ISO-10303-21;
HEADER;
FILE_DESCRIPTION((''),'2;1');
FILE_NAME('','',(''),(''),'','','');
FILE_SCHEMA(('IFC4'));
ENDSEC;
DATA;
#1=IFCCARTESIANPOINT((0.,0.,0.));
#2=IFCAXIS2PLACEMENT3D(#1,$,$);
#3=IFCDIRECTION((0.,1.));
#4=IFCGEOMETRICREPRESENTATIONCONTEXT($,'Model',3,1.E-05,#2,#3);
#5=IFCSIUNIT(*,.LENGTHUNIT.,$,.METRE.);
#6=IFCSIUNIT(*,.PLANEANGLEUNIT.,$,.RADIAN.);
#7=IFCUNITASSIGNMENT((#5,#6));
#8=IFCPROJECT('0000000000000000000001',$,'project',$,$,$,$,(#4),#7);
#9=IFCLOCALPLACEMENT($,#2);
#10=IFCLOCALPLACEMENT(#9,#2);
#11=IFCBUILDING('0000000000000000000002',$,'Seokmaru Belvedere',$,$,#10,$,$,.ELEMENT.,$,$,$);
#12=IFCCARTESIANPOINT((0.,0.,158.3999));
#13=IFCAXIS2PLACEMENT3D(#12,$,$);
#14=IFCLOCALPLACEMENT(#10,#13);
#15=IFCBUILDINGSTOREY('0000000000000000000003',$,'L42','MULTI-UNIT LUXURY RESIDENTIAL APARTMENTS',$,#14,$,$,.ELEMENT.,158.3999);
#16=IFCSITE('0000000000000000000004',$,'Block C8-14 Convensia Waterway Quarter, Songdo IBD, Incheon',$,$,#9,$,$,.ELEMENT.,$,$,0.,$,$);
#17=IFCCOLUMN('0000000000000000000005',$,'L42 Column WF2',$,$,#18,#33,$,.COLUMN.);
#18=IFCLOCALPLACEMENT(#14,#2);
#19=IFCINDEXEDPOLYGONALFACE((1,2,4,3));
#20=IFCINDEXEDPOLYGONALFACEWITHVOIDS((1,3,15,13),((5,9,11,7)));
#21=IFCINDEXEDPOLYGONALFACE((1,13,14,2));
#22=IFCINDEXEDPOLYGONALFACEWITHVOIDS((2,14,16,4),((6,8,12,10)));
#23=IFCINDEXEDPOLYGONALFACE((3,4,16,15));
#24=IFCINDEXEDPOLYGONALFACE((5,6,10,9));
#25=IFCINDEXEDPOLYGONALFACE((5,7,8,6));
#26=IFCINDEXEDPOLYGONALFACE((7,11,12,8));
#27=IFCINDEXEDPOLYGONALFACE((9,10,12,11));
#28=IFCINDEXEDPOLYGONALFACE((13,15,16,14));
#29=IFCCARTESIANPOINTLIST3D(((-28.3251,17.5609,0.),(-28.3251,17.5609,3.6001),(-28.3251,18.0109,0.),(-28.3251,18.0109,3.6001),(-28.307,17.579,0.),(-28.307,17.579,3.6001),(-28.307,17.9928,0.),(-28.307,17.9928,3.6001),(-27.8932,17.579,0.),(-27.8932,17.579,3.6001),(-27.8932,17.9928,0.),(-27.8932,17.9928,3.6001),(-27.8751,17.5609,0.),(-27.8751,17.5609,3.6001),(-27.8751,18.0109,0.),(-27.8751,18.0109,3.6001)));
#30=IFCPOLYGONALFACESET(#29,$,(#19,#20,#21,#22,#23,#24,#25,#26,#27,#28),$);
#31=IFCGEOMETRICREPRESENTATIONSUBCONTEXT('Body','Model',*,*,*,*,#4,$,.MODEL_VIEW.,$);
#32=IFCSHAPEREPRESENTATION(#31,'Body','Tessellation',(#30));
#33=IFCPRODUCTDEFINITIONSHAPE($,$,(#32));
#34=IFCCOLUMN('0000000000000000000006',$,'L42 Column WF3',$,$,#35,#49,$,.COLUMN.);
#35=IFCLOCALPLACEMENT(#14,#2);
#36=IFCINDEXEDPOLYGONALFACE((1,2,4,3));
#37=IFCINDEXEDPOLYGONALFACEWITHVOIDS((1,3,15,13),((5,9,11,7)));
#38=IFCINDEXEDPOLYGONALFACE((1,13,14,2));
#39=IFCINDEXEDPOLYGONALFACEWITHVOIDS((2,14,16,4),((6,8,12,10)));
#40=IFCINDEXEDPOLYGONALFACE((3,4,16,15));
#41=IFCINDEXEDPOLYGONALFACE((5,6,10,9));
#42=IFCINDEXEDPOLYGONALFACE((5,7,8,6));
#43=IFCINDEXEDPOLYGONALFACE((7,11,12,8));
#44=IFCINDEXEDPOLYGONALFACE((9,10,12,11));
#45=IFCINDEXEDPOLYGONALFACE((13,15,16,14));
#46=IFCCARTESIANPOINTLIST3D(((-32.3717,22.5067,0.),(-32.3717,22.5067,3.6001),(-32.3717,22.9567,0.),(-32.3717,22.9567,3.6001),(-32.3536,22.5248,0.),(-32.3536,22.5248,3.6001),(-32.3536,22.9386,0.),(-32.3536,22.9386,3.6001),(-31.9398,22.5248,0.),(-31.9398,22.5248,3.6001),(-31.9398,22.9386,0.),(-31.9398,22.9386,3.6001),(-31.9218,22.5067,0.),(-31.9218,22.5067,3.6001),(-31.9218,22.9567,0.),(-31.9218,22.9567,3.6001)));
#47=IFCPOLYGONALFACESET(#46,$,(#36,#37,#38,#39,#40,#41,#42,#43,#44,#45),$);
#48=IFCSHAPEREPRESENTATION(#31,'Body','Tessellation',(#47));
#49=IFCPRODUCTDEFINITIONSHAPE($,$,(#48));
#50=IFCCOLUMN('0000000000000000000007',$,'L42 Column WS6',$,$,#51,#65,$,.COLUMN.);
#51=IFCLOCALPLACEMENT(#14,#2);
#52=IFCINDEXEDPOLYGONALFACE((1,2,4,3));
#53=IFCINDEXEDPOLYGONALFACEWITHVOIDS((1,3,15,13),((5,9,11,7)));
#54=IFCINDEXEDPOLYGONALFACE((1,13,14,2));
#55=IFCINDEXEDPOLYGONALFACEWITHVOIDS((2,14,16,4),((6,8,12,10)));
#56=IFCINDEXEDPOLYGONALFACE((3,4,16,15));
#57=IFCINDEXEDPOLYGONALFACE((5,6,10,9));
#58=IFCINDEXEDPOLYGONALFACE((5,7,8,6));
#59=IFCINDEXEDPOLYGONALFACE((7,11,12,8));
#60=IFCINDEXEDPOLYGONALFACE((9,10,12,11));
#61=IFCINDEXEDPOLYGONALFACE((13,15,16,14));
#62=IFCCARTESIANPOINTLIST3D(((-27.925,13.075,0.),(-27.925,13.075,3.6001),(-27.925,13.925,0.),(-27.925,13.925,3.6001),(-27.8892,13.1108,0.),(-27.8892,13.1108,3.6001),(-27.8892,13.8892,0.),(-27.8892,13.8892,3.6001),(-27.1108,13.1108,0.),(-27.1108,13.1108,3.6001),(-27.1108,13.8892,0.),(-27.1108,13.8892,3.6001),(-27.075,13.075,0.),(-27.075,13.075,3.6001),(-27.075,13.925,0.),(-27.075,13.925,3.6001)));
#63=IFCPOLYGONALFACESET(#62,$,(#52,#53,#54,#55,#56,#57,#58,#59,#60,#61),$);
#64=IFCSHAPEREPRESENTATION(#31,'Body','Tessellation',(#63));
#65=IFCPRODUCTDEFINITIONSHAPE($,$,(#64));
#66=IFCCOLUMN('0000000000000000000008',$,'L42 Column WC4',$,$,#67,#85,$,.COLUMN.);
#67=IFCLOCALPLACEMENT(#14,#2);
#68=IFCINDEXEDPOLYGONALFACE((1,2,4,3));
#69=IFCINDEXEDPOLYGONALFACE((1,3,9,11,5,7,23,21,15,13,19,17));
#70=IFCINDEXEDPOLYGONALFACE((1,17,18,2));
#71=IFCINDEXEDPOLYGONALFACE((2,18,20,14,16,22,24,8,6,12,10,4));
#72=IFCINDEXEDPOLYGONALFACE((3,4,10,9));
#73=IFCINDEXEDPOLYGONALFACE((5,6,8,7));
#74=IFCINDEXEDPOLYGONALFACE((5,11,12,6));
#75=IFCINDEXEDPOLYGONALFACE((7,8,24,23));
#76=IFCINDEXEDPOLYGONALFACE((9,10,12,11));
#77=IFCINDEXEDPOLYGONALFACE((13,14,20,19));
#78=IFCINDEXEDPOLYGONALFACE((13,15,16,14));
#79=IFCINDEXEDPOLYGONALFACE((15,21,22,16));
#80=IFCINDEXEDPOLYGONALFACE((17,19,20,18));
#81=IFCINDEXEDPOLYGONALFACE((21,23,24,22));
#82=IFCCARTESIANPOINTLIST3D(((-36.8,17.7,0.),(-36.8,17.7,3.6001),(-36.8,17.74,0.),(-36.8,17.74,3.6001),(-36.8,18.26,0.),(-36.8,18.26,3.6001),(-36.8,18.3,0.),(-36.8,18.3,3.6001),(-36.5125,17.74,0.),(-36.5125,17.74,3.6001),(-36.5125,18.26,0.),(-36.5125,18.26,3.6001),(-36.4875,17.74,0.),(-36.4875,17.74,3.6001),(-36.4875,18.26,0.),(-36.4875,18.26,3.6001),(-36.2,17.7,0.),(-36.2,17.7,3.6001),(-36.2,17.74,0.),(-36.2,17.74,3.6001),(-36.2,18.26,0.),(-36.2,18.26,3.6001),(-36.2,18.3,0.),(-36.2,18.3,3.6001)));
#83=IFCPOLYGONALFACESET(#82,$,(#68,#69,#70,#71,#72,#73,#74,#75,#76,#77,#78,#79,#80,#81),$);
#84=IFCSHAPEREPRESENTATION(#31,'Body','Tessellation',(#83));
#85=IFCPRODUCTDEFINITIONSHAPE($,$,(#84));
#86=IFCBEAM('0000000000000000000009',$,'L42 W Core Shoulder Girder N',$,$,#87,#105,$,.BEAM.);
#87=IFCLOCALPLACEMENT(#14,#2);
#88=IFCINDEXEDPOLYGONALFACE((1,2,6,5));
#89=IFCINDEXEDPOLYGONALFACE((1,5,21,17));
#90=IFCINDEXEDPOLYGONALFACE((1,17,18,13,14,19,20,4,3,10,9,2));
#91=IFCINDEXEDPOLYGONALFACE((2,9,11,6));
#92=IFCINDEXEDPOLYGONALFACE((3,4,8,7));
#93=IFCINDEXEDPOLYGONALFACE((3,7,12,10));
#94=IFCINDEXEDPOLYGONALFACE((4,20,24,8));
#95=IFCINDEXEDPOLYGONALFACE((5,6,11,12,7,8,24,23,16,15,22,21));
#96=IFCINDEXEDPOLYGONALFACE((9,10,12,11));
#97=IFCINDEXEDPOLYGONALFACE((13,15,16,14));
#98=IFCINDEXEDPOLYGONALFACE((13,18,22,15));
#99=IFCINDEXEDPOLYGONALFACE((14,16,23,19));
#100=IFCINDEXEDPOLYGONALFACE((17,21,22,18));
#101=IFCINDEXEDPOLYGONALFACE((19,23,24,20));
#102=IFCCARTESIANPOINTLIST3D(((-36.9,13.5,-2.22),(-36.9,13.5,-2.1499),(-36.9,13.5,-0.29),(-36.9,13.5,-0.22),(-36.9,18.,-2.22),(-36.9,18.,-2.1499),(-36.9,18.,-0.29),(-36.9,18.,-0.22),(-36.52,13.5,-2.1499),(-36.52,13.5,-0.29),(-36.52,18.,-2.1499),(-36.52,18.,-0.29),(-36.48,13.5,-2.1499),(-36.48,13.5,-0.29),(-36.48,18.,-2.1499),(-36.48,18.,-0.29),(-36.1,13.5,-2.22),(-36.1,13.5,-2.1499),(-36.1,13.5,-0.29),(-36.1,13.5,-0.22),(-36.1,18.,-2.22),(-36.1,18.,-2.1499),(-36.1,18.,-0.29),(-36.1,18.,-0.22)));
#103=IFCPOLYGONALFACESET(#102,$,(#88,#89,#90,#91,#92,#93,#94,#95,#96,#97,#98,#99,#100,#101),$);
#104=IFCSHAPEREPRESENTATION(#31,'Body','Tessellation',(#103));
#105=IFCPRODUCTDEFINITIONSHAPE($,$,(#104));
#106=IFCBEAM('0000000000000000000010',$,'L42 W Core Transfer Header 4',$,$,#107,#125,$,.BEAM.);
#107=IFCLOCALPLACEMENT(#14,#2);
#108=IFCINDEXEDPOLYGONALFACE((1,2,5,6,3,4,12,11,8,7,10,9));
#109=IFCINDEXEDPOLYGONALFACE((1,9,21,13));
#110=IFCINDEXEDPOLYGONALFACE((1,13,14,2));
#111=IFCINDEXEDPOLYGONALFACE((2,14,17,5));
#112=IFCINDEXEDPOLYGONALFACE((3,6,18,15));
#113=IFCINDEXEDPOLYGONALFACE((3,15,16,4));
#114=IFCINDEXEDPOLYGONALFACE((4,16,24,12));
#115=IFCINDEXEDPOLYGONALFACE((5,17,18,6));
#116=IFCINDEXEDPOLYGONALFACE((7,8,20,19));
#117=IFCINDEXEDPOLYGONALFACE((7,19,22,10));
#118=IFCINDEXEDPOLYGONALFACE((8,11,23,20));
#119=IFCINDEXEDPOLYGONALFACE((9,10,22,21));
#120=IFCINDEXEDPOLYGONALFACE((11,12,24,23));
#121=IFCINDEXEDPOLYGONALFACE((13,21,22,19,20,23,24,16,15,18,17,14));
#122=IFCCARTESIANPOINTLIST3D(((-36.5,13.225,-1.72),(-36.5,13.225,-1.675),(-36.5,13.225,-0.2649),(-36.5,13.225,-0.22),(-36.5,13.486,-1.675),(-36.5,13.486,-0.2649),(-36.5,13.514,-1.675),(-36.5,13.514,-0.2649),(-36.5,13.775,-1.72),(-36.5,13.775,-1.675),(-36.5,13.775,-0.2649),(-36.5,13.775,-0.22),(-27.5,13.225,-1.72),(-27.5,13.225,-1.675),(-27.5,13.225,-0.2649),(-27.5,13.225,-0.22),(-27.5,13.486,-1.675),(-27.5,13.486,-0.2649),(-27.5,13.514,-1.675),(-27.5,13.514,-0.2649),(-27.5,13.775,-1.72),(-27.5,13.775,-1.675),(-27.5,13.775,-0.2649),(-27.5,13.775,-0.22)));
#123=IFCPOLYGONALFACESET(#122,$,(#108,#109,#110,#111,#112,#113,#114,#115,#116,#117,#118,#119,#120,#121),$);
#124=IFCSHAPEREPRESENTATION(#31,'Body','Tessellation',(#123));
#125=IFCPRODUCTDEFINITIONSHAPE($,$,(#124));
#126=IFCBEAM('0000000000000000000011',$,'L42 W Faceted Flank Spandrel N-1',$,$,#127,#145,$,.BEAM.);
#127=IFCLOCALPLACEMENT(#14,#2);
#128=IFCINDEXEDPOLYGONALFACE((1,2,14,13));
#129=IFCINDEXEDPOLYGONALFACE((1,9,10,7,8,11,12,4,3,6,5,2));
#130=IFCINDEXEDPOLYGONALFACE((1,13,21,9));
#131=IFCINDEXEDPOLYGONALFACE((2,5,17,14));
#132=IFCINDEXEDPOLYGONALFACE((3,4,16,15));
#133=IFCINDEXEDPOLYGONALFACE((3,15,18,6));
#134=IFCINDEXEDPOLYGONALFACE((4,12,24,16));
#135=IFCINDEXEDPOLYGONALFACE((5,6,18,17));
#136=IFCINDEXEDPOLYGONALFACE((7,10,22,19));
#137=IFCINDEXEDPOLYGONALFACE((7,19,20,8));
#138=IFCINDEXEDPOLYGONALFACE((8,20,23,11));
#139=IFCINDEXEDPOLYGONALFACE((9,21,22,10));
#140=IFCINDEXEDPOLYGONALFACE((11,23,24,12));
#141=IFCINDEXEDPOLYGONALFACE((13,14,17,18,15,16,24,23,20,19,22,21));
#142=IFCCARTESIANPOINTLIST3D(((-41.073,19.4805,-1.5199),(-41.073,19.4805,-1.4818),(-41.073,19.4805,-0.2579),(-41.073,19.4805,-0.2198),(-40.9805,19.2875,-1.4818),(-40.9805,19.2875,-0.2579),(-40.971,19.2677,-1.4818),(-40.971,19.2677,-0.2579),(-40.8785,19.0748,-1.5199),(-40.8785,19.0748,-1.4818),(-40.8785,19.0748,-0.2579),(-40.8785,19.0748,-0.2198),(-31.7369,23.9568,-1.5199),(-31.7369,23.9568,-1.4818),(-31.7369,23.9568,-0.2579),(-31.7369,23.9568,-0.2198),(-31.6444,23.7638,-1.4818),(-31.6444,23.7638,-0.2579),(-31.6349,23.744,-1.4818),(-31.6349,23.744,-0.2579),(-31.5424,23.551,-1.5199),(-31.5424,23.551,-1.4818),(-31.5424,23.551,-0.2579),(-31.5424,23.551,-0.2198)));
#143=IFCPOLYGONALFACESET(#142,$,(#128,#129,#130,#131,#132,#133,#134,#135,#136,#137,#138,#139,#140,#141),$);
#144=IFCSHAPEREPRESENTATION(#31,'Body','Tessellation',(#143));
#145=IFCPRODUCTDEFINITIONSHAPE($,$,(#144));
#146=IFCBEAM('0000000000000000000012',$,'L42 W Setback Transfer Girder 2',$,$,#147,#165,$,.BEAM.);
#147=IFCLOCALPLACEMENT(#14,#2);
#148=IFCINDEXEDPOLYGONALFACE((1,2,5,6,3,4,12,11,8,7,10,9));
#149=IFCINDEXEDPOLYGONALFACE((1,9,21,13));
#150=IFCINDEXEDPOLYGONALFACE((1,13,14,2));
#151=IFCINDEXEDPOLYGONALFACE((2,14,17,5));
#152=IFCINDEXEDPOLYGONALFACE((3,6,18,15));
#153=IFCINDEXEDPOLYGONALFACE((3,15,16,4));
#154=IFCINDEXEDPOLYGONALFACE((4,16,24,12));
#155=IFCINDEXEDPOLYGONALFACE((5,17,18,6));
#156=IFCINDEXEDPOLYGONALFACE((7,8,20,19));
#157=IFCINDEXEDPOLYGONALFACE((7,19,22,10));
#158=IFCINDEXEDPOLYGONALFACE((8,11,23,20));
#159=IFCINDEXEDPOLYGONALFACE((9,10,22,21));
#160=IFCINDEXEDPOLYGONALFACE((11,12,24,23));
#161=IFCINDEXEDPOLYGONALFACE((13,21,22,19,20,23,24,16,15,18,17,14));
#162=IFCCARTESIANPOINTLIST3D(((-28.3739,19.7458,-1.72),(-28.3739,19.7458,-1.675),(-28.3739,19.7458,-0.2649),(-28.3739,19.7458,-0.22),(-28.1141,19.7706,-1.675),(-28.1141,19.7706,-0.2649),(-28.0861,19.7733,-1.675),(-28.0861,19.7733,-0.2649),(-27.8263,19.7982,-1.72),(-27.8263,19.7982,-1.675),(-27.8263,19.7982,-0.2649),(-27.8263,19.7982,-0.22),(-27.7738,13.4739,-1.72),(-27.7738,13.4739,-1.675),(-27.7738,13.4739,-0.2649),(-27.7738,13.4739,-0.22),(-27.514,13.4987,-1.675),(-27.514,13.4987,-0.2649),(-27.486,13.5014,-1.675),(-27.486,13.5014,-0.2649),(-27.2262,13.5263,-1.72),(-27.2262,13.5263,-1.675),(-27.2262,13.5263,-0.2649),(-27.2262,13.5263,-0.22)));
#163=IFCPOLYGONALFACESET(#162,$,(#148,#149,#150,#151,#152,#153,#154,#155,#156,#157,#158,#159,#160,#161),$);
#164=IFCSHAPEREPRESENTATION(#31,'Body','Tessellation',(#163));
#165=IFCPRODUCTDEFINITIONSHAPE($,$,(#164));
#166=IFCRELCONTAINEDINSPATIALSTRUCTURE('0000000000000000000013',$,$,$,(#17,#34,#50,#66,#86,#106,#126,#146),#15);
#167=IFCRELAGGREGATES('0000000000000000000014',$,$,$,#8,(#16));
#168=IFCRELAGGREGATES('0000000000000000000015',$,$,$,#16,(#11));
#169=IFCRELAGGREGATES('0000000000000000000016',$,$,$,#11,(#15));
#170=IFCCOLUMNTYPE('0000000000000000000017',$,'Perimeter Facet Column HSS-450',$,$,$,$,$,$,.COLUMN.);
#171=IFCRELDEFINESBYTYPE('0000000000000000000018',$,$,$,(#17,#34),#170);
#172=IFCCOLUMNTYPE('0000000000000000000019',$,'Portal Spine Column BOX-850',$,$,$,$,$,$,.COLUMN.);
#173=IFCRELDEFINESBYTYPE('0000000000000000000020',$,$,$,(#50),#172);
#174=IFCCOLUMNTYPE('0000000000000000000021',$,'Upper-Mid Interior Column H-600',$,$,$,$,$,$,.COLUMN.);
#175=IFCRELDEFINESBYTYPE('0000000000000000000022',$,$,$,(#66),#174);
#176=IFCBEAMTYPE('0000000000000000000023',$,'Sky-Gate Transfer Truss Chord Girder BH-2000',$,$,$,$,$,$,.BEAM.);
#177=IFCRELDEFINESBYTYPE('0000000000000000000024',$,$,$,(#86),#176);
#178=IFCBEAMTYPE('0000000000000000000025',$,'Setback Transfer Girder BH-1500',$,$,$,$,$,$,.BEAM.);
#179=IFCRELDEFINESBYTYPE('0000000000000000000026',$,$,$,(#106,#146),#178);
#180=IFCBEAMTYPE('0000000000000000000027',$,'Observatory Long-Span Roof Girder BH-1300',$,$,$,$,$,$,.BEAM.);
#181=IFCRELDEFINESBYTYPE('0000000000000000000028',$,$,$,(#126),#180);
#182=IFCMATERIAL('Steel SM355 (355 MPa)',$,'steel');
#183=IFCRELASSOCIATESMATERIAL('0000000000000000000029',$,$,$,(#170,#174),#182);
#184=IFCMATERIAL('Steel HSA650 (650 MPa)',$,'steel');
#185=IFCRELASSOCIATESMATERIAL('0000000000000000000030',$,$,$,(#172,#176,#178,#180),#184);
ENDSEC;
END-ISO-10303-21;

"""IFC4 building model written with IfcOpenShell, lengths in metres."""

from ifc_helpers import new_model, si_unit, direction, frame, origin, origin_2d, place, context, subcontext, project, spatial, hollow_rectangle, i_section, extrude, source, transform, mapped, material, material_profile, profile_set, type_object, type_shapes, element, save


model = new_model("IFC4")

# Units and contexts
model_context = context("Model", 3, precision=1e-05, world=origin(), true_north=direction((0.0, 1.0)))
body_context = subcontext(model_context, "Body", "Model", "MODEL_VIEW")
ifc_project = project(units=[si_unit("LENGTHUNIT", "METRE"), si_unit("PLANEANGLEUNIT", "RADIAN")], contexts=[model_context])

# Site, building, storey
site_placement = place(None, origin())
site = spatial("IfcSite", under=ifc_project, at=site_placement, Name="Block C8-14 Convensia Waterway Quarter, Songdo IBD, Incheon", CompositionType="ELEMENT", RefElevation=0.0)
building_placement = place(site_placement, origin())
building = spatial("IfcBuilding", under=site, at=building_placement, Name="Seokmaru Belvedere", CompositionType="ELEMENT")
storey_placement = place(building_placement, frame((0.0, 0.0, 158.3999)))
storey = spatial("IfcBuildingStorey", under=building, at=storey_placement, Name="L42", Description="MULTI-UNIT LUXURY RESIDENTIAL APARTMENTS", CompositionType="ELEMENT", Elevation=158.3999)

# Columns
ifc_material_1 = material(Name="Steel SM355 (355 MPa)", Category="steel")
ifc_material_profile_1 = material_profile(ifc_material_1, hollow_rectangle(XDim=0.45, YDim=0.45, WallThickness=0.0181, at=origin_2d()), Name="HSS-450x450x18")
ifc_profile_set_1 = profile_set([ifc_material_profile_1], Name="Steel SM355 (355 MPa)")
column_type_1 = type_object("IfcColumnType", Name="Perimeter Facet Column HSS-450", PredefinedType="COLUMN", material=ifc_profile_set_1)
shared_shape_1 = source(origin(), body_context, "Body", "SweptSolid", [
    extrude(hollow_rectangle(XDim=0.45, YDim=0.45, WallThickness=0.0181, at=origin_2d()), origin(), (0.0, 0.0, 1.0), 3.6001),
])
type_shapes(column_type_1, [shared_shape_1])
for number, where, z_axis, x_axis, name in (
    (1, (-28.1001, 17.7859, 0.0), (0.0, 0.0, 1.0), (1.0, 0.0, 0.0), "L42 Column WF2"),
    (2, (-32.1467, 22.7317, 0.0), (0.0, 0.0, 1.0), (1.0, 0.0, 0.0), "L42 Column WF3"),
):
    element("IfcColumn", number, at=place(storey_placement, frame(where, z_axis=z_axis, x_axis=x_axis)), inside=storey, type_object=column_type_1, Name=name, PredefinedType="COLUMN", context=body_context, shape_type="MappedRepresentation", body=[
        mapped(shared_shape_1, transform((0.0, 0.0, 0.0), scale=1.0)),
    ])
ifc_material_2 = material(Name="Steel HSA650 (650 MPa)", Category="steel")
ifc_material_profile_2 = material_profile(ifc_material_2, hollow_rectangle(XDim=0.8501, YDim=0.8501, WallThickness=0.0359, at=origin_2d()), Name="BOX-850x850x36")
ifc_profile_set_2 = profile_set([ifc_material_profile_2], Name="Steel HSA650 (650 MPa)")
column_type_2 = type_object("IfcColumnType", Name="Portal Spine Column BOX-850", PredefinedType="COLUMN", material=ifc_profile_set_2)
shared_shape_2 = source(origin(), body_context, "Body", "SweptSolid", [
    extrude(hollow_rectangle(XDim=0.8501, YDim=0.8501, WallThickness=0.0359, at=origin_2d()), origin(), (0.0, 0.0, 1.0), 3.6001),
])
type_shapes(column_type_2, [shared_shape_2])
column_1_placement = place(storey_placement, frame((-27.5, 13.5, 0.0), z_axis=(0.0, 0.0, 1.0), x_axis=(1.0, 0.0, 0.0)))
element("IfcColumn", 3, at=column_1_placement, inside=storey, type_object=column_type_2, Name="L42 Column WS6", PredefinedType="COLUMN", context=body_context, shape_type="MappedRepresentation", body=[
    mapped(shared_shape_2, transform((0.0, 0.0, 0.0), scale=1.0)),
])
ifc_material_profile_3 = material_profile(ifc_material_1, i_section(OverallWidth=0.6001, OverallDepth=0.6001, WebThickness=0.0249, FlangeThickness=0.04, at=origin_2d()), Name="H-600x600x25x40")
ifc_profile_set_3 = profile_set([ifc_material_profile_3], Name="Steel SM355 (355 MPa)")
column_type_3 = type_object("IfcColumnType", Name="Upper-Mid Interior Column H-600", PredefinedType="COLUMN", material=ifc_profile_set_3)
shared_shape_3 = source(origin(), body_context, "Body", "SweptSolid", [
    extrude(i_section(OverallWidth=0.6001, OverallDepth=0.6001, WebThickness=0.0249, FlangeThickness=0.04, at=origin_2d()), origin(), (0.0, 0.0, 1.0), 3.6001),
])
type_shapes(column_type_3, [shared_shape_3])
column_2_placement = place(storey_placement, frame((-36.5, 18.0, 0.0), z_axis=(0.0, 0.0, 1.0), x_axis=(1.0, 0.0, 0.0)))
element("IfcColumn", 4, at=column_2_placement, inside=storey, type_object=column_type_3, Name="L42 Column WC4", PredefinedType="COLUMN", context=body_context, shape_type="MappedRepresentation", body=[
    mapped(shared_shape_3, transform((0.0, 0.0, 0.0), scale=1.0)),
])

# Beams
ifc_material_profile_4 = material_profile(ifc_material_2, i_section(OverallWidth=0.8, OverallDepth=2.0, WebThickness=0.04, FlangeThickness=0.0701, at=origin_2d()), Name="BH-2000x800x40x70")
ifc_profile_set_4 = profile_set([ifc_material_profile_4], Name="Steel HSA650 (650 MPa)")
beam_type_1 = type_object("IfcBeamType", Name="Sky-Gate Transfer Truss Chord Girder BH-2000", PredefinedType="BEAM", material=ifc_profile_set_4)
shared_shape_4 = source(origin(), body_context, "Body", "SweptSolid", [
    extrude(i_section(OverallWidth=0.8, OverallDepth=2.0, WebThickness=0.04, FlangeThickness=0.0701, at=origin_2d()), origin(), (0.0, 0.0, 1.0), 4.5),
])
type_shapes(beam_type_1, [shared_shape_4])
beam_1_placement = place(storey_placement, frame((-36.5, 13.5, -1.22), z_axis=(0.0, 1.0, 0.0), x_axis=(-1.0, 0.0, 0.0)))
element("IfcBeam", 5, at=beam_1_placement, inside=storey, type_object=beam_type_1, Name="L42 W Core Shoulder Girder N", PredefinedType="BEAM", context=body_context, shape_type="MappedRepresentation", body=[
    mapped(shared_shape_4, transform((0.0, 0.0, 0.0), scale=1.0)),
])
ifc_material_profile_5 = material_profile(ifc_material_2, i_section(OverallWidth=0.55, OverallDepth=1.5, WebThickness=0.0281, FlangeThickness=0.0449, at=origin_2d()), Name="BH-1500x550x28x45")
ifc_profile_set_5 = profile_set([ifc_material_profile_5], Name="Steel HSA650 (650 MPa)")
beam_type_2 = type_object("IfcBeamType", Name="Setback Transfer Girder BH-1500", PredefinedType="BEAM", material=ifc_profile_set_5)
shared_shape_5 = source(origin(), body_context, "Body", "SweptSolid", [
    extrude(i_section(OverallWidth=0.55, OverallDepth=1.5, WebThickness=0.0281, FlangeThickness=0.0449, at=origin_2d()), origin(), (0.0, 0.0, 1.0), 9.0),
])
beam_2_placement = place(storey_placement, frame((-36.5, 13.5, -0.97), z_axis=(1.0, 0.0, 0.0), x_axis=(0.0, 1.0, 0.0)))
element("IfcBeam", 6, at=beam_2_placement, inside=storey, type_object=beam_type_2, Name="L42 W Core Transfer Header 4", PredefinedType="BEAM", context=body_context, shape_type="MappedRepresentation", body=[
    mapped(shared_shape_5, transform((0.0, 0.0, 0.0), scale=1.0)),
])
ifc_material_profile_6 = material_profile(ifc_material_2, i_section(OverallWidth=0.45, OverallDepth=1.3, WebThickness=0.022, FlangeThickness=0.0381, at=origin_2d()), Name="BH-1300x450x22x38")
ifc_profile_set_6 = profile_set([ifc_material_profile_6], Name="Steel HSA650 (650 MPa)")
beam_type_3 = type_object("IfcBeamType", Name="Observatory Long-Span Roof Girder BH-1300", PredefinedType="BEAM", material=ifc_profile_set_6)
shared_shape_6 = source(origin(), body_context, "Body", "SweptSolid", [
    extrude(i_section(OverallWidth=0.45, OverallDepth=1.3, WebThickness=0.022, FlangeThickness=0.0381, at=origin_2d()), origin(), (0.0, 0.0, 1.0), 10.3538),
])
beam_3_placement = place(storey_placement, frame((-31.6396, 23.7539, -0.8699), z_axis=(-0.901713, -0.432335, 0.0), x_axis=(0.432335, -0.901713, 0.0)))
element("IfcBeam", 7, at=beam_3_placement, inside=storey, type_object=beam_type_3, Name="L42 W Faceted Flank Spandrel N-1", PredefinedType="BEAM", context=body_context, shape_type="MappedRepresentation", body=[
    mapped(shared_shape_6, transform((0.0, 0.0, 0.0), scale=1.0)),
])
shared_shape_7 = source(origin(), body_context, "Body", "SweptSolid", [
    extrude(i_section(OverallWidth=0.55, OverallDepth=1.5, WebThickness=0.0281, FlangeThickness=0.0449, at=origin_2d()), origin(), (0.0, 0.0, 1.0), 6.3005),
])
beam_4_placement = place(storey_placement, frame((-28.1001, 19.772, -0.97), z_axis=(0.095244, -0.995454, 0.0), x_axis=(0.995454, 0.095244, 0.0)))
element("IfcBeam", 8, at=beam_4_placement, inside=storey, type_object=beam_type_2, Name="L42 W Setback Transfer Girder 2", PredefinedType="BEAM", context=body_context, shape_type="MappedRepresentation", body=[
    mapped(shared_shape_7, transform((0.0, 0.0, 0.0), scale=1.0)),
])

save(model, "model.ifc")
